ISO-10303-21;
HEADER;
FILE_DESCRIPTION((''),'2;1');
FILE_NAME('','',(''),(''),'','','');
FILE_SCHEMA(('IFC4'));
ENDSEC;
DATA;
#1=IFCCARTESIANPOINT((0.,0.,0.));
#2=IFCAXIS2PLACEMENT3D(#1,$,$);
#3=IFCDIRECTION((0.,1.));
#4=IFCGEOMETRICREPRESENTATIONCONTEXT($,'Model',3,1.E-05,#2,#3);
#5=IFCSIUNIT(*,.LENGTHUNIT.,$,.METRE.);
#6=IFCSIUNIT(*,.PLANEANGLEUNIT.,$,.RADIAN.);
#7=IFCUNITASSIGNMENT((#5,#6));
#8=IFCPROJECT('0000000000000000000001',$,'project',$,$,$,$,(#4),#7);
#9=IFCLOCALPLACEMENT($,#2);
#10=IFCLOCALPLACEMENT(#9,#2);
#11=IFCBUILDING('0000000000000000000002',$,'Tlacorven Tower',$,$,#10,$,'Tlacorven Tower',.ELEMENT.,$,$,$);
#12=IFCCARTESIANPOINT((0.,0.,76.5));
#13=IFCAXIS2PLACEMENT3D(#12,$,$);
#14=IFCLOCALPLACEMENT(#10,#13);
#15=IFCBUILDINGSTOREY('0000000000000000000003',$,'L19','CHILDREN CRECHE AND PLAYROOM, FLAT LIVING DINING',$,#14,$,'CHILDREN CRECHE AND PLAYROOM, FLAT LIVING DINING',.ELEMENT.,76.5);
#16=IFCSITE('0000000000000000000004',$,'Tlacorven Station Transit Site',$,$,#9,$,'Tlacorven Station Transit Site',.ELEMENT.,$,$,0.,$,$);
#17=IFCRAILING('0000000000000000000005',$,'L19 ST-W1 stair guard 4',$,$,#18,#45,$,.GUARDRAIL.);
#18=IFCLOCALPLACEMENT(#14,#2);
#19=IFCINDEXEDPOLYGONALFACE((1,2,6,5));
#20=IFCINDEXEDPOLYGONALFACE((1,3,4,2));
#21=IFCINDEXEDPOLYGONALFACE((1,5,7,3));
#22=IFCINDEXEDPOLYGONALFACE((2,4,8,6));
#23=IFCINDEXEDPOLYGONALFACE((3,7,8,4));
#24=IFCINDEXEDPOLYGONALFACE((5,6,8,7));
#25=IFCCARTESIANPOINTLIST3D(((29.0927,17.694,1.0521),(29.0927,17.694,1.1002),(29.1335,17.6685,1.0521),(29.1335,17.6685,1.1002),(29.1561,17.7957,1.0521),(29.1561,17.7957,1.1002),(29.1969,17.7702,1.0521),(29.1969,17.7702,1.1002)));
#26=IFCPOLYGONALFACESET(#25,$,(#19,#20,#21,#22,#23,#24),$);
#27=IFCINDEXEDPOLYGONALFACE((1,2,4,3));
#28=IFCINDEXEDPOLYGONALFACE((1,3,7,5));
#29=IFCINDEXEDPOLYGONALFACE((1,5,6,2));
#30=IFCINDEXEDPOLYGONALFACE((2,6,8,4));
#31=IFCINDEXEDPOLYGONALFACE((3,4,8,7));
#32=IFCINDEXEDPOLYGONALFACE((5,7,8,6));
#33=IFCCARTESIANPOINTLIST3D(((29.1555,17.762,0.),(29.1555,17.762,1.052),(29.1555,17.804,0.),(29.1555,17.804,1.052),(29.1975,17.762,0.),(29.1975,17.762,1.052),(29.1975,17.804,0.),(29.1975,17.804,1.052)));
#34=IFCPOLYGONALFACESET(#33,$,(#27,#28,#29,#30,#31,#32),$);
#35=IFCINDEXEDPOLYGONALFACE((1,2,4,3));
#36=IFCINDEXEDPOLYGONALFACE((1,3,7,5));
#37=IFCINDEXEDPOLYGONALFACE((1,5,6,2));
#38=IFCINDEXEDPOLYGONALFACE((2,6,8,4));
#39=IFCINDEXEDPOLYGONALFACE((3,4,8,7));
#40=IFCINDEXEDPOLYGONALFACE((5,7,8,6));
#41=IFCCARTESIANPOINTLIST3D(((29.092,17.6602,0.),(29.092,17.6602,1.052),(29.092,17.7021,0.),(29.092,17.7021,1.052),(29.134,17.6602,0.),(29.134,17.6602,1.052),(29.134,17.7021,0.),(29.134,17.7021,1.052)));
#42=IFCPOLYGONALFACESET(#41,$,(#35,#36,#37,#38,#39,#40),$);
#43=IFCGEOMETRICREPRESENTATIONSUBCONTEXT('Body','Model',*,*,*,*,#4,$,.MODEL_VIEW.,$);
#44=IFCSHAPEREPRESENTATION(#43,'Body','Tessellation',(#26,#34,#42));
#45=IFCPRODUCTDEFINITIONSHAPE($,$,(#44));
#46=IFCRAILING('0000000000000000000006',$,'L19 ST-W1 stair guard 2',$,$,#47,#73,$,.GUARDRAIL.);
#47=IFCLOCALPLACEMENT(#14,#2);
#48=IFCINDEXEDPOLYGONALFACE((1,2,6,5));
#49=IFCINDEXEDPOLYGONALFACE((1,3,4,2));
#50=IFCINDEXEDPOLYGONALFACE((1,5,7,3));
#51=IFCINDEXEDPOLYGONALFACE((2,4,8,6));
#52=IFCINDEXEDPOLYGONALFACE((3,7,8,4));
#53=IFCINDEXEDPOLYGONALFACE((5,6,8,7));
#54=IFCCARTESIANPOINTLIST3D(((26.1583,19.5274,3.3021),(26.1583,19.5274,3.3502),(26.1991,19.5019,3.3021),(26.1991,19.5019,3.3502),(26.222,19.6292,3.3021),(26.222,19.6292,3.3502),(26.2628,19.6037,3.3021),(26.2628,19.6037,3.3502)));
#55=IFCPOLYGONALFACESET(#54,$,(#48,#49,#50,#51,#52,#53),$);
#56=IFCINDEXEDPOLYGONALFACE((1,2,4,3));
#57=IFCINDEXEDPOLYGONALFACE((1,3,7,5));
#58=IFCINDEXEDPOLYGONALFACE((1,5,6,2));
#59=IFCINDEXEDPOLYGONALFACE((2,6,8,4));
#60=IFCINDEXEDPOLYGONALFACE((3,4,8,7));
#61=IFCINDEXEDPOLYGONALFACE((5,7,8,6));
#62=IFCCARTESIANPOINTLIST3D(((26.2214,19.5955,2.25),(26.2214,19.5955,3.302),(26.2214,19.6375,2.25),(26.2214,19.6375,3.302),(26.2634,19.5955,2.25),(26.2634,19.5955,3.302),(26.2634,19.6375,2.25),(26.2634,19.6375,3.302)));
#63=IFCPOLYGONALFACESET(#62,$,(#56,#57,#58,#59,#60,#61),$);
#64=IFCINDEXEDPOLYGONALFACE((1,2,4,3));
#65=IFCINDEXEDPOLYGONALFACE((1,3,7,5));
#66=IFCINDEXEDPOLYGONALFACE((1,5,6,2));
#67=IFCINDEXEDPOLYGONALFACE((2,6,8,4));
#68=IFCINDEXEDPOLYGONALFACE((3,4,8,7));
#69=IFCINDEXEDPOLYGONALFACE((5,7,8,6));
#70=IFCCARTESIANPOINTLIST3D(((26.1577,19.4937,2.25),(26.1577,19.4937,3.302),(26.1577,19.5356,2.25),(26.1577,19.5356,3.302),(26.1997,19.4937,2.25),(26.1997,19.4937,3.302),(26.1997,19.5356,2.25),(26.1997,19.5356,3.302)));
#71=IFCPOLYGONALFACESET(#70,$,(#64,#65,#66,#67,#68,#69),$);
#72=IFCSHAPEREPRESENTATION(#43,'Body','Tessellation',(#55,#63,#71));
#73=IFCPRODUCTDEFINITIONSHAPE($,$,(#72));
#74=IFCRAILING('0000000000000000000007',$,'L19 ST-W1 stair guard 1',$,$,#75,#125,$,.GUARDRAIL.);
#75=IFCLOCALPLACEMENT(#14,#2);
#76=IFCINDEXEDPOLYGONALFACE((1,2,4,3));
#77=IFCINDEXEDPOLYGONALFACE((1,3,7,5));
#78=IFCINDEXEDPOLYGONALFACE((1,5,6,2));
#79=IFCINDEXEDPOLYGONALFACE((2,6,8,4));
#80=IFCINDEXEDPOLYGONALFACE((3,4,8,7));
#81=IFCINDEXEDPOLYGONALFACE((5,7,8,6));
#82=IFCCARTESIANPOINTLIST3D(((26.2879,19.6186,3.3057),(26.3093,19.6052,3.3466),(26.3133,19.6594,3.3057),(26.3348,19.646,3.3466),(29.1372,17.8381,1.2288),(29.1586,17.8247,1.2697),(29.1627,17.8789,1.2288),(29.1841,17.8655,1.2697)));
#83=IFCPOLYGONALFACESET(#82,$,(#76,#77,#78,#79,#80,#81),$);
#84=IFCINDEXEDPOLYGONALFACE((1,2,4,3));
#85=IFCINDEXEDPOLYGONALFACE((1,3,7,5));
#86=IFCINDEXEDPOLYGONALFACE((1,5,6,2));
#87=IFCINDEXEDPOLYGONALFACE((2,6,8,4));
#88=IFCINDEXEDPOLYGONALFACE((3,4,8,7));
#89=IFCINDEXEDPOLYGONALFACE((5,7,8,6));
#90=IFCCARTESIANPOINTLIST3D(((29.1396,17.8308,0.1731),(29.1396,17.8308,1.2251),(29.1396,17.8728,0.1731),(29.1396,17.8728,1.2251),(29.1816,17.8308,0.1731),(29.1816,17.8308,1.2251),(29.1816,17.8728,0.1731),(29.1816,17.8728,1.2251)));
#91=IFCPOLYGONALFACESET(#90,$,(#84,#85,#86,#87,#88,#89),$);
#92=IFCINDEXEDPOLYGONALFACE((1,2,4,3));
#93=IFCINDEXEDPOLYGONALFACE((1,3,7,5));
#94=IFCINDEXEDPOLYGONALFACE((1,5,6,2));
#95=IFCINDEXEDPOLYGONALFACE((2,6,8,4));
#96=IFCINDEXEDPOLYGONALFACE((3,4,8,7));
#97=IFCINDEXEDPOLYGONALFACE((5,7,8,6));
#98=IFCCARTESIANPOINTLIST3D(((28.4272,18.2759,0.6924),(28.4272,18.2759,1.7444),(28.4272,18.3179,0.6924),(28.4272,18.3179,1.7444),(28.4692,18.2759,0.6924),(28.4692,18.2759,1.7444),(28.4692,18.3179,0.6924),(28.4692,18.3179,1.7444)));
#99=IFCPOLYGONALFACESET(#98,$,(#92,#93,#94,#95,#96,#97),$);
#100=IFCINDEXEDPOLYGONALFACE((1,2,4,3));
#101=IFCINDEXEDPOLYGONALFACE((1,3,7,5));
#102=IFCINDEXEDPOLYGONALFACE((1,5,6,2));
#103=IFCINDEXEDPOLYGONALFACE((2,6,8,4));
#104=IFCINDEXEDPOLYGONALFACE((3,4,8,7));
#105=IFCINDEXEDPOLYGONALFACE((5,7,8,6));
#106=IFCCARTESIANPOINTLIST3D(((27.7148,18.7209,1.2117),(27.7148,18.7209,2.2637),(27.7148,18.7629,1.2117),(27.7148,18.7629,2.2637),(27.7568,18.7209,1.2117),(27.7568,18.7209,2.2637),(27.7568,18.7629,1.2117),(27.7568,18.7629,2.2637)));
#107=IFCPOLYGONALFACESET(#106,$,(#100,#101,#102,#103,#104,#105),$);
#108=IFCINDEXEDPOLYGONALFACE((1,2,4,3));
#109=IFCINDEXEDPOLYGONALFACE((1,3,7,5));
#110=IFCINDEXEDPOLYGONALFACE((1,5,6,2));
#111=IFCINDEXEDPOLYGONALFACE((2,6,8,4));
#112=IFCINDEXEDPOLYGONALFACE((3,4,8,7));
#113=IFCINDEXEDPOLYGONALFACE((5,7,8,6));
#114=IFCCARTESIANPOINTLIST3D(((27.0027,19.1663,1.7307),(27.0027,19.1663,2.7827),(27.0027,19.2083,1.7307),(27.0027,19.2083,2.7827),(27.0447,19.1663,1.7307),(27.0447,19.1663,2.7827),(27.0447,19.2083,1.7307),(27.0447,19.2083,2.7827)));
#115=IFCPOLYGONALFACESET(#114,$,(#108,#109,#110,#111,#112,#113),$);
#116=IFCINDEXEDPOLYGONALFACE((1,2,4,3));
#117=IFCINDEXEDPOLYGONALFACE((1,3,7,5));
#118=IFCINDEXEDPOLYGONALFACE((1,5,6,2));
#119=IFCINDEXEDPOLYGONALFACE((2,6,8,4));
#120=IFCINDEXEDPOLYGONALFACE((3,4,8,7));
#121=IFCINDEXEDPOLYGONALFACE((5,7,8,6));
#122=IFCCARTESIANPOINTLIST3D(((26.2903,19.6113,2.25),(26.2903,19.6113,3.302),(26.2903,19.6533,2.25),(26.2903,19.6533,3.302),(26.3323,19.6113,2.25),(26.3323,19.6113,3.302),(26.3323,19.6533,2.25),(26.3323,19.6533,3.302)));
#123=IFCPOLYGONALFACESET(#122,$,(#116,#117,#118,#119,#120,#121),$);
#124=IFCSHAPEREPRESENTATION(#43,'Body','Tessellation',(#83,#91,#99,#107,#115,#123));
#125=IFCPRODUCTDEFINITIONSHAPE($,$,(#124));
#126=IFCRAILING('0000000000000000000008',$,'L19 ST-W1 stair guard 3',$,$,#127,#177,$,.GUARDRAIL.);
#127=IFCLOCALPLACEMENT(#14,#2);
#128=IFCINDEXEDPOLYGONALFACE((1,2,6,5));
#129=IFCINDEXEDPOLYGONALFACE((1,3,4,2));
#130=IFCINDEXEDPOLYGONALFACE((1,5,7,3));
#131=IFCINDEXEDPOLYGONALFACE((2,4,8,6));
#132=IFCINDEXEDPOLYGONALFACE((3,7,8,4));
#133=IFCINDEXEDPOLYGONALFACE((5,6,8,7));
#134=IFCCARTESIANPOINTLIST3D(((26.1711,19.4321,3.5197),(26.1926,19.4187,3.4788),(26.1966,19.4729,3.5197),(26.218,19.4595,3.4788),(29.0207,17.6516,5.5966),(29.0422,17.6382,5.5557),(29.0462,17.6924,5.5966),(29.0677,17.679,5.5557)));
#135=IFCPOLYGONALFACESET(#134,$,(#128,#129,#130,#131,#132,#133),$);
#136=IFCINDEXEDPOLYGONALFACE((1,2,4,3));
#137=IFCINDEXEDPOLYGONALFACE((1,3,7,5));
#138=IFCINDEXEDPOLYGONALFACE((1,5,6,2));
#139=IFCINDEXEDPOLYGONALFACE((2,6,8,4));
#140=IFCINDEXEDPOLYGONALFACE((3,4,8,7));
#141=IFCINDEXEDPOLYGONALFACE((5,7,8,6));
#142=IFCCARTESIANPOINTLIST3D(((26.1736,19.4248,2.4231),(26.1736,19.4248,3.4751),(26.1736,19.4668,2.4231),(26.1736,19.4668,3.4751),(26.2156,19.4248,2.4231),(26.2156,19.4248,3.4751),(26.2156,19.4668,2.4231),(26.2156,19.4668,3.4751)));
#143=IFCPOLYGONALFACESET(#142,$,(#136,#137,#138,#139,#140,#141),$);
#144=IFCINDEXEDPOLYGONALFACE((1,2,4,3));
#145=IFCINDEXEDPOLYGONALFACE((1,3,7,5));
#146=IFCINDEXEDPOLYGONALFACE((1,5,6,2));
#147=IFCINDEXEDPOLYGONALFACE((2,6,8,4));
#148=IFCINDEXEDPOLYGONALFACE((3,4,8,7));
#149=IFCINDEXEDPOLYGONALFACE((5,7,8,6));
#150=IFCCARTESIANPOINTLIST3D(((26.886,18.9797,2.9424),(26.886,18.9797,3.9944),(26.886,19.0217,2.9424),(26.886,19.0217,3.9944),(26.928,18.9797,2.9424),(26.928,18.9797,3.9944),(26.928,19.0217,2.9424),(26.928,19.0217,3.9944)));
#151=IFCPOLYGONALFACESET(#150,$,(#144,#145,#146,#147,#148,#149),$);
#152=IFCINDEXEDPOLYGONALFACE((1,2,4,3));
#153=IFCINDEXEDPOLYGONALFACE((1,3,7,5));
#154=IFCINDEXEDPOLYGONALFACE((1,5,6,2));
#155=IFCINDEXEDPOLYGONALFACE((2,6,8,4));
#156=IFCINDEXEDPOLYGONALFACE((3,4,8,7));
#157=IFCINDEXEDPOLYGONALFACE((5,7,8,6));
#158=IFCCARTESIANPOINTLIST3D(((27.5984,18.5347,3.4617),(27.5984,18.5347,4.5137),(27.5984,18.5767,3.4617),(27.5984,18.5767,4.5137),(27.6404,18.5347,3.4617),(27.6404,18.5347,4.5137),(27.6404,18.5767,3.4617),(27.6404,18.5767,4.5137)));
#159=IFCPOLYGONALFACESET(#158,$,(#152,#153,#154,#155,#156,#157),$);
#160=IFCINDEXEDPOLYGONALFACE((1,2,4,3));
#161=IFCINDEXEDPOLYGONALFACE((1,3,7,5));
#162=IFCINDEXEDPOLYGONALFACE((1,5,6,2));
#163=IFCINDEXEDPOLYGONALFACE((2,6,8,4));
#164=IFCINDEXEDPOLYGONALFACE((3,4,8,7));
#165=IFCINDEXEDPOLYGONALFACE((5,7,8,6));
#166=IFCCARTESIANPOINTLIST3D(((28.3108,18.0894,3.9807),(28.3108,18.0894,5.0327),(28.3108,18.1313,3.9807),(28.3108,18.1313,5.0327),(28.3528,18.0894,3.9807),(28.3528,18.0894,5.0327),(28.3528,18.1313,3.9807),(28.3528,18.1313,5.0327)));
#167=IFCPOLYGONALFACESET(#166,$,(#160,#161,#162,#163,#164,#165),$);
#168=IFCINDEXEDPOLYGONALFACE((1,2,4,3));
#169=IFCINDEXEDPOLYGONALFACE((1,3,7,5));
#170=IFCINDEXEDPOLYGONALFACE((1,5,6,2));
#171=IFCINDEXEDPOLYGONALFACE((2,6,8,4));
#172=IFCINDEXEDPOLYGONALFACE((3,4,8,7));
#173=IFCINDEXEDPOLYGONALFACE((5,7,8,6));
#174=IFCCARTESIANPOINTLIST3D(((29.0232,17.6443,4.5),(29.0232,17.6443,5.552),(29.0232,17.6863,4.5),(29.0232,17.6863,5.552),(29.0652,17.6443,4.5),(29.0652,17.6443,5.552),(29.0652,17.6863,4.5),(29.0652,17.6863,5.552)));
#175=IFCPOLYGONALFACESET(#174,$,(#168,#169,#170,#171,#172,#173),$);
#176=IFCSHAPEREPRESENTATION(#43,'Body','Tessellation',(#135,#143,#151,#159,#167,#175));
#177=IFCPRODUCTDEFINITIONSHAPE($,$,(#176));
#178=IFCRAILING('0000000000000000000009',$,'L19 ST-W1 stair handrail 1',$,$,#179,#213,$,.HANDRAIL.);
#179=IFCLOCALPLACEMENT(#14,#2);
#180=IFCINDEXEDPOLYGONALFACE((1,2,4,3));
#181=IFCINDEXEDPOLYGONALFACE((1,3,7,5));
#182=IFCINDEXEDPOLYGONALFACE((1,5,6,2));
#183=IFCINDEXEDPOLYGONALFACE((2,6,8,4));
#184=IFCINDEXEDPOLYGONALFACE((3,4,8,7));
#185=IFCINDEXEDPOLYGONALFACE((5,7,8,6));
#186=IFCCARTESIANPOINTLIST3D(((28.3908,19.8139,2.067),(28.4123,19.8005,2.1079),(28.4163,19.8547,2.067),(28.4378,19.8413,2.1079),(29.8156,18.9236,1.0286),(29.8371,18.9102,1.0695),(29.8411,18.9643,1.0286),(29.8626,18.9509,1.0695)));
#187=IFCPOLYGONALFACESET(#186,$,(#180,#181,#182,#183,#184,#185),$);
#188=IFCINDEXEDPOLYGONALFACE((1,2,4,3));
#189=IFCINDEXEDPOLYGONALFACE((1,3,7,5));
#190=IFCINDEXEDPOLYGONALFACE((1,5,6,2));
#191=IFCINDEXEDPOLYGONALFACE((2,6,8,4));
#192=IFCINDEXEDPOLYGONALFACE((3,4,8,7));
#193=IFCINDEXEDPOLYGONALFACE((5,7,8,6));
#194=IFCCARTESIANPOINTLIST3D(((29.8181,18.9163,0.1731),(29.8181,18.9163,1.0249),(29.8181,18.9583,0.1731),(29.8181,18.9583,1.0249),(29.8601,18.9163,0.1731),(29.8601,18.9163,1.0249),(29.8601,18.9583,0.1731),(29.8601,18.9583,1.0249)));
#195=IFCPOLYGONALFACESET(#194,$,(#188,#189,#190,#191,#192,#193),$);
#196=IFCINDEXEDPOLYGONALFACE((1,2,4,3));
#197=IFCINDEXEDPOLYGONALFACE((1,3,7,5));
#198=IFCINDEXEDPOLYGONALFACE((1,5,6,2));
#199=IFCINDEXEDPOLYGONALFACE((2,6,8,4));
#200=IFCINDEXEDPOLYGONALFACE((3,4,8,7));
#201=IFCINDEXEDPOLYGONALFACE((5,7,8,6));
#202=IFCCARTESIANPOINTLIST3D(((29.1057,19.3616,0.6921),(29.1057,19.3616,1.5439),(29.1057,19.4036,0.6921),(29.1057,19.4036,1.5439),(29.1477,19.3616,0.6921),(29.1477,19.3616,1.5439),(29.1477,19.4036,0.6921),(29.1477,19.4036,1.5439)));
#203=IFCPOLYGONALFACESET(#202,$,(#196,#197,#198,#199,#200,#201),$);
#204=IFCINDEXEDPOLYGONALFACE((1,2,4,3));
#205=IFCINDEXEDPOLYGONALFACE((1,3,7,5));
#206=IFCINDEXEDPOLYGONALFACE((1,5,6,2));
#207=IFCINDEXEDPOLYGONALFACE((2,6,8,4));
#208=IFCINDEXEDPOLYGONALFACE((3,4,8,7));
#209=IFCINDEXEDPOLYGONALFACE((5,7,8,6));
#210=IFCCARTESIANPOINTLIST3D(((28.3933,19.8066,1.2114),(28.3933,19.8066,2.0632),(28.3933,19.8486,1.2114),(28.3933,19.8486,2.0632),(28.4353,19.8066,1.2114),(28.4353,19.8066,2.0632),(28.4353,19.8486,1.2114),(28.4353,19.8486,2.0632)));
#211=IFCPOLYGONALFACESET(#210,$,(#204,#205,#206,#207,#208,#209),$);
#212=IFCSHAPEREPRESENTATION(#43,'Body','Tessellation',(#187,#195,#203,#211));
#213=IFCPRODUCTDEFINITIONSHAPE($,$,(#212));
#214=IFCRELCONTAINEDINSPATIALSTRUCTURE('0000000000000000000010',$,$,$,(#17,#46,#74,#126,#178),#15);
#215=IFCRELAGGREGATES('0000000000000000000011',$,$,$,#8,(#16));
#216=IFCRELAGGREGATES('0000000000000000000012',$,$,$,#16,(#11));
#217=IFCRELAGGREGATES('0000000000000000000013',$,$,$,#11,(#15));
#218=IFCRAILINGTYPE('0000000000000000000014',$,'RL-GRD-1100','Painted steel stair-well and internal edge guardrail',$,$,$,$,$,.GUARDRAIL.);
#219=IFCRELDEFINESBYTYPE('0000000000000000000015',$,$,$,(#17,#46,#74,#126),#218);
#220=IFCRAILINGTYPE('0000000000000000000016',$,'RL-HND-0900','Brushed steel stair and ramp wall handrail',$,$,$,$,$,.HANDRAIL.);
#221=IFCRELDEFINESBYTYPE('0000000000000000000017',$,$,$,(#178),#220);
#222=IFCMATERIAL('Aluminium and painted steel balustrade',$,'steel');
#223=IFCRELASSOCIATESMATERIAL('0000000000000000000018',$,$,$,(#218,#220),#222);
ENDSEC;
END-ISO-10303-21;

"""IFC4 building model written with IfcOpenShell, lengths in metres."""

from ifc_helpers import new_model, si_unit, direction, frame, origin, origin_2d, place, context, subcontext, project, spatial, rectangle, extrude, source, transform, mapped, material, type_object, element, save


model = new_model("IFC4")

# Units and contexts
model_context = context("Model", 3, precision=1e-05, world=origin(), true_north=direction((0.0, 1.0)))
body_context = subcontext(model_context, "Body", "Model", "MODEL_VIEW")
ifc_project = project(units=[si_unit("LENGTHUNIT", "METRE"), si_unit("PLANEANGLEUNIT", "RADIAN")], contexts=[model_context])

# Site, building, storey
site_placement = place(None, origin())
site = spatial("IfcSite", under=ifc_project, at=site_placement, Name="Tlacorven Station Transit Site", LongName="Tlacorven Station Transit Site", CompositionType="ELEMENT", RefElevation=0.0)
building_placement = place(site_placement, origin())
building = spatial("IfcBuilding", under=site, at=building_placement, Name="Tlacorven Tower", LongName="Tlacorven Tower", CompositionType="ELEMENT")
storey_placement = place(building_placement, frame((0.0, 0.0, 76.5)))
storey = spatial("IfcBuildingStorey", under=building, at=storey_placement, Name="L19", Description="CHILDREN CRECHE AND PLAYROOM, FLAT LIVING DINING", LongName="CHILDREN CRECHE AND PLAYROOM, FLAT LIVING DINING", CompositionType="ELEMENT", Elevation=76.5)

# Shared definitions
ifc_material_1 = material(Name="Aluminium and painted steel balustrade", Category="steel")
railing_type_1 = type_object("IfcRailingType", Name="RL-GRD-1100", Description="Painted steel stair-well and internal edge guardrail", PredefinedType="GUARDRAIL", material=ifc_material_1)

# Railings
shared_shape_1 = source(origin(), body_context, "Body", "SweptSolid", [
    extrude(rectangle(XDim=0.0481, YDim=0.0481, at=origin_2d()), frame((0.0, 0.0, 1.0762), z_axis=(-0.529084, -0.848569, 0.0), x_axis=(0.848569, -0.529084, 0.0)), (0.0, 0.0, 1.0), 0.1199),
    extrude(rectangle(XDim=0.042, YDim=0.042, at=origin_2d()), origin(), (0.0, 0.0, 1.0), 1.052),
    extrude(rectangle(XDim=0.042, YDim=0.042, at=origin_2d()), frame((-0.0635, -0.1018, 0.0)), (0.0, 0.0, 1.0), 1.052),
])
railing_1_placement = place(storey_placement, frame((29.1765, 17.783, 0.0)))
element("IfcRailing", 1, at=railing_1_placement, inside=storey, type_object=railing_type_1, Name="L19 ST-W1 stair guard 4", PredefinedType="GUARDRAIL", context=body_context, shape_type="MappedRepresentation", body=[
    mapped(shared_shape_1, transform((0.0, 0.0, 0.0), scale=1.0)),
])
shared_shape_2 = source(origin(), body_context, "Body", "SweptSolid", [
    extrude(rectangle(XDim=0.0481, YDim=0.0481, at=origin_2d()), frame((0.0, 0.0, 1.0762), z_axis=(-0.530547, -0.847656, 0.0), x_axis=(0.847656, -0.530547, 0.0)), (0.0, 0.0, 1.0), 0.1201),
    extrude(rectangle(XDim=0.042, YDim=0.042, at=origin_2d()), origin(), (0.0, 0.0, 1.0), 1.052),
    extrude(rectangle(XDim=0.042, YDim=0.042, at=origin_2d()), frame((-0.0637, -0.1018, 0.0)), (0.0, 0.0, 1.0), 1.052),
])
railing_2_placement = place(storey_placement, frame((26.2424, 19.6165, 2.25)))
element("IfcRailing", 2, at=railing_2_placement, inside=storey, type_object=railing_type_1, Name="L19 ST-W1 stair guard 2", PredefinedType="GUARDRAIL", context=body_context, shape_type="MappedRepresentation", body=[
    mapped(shared_shape_2, transform((0.0, 0.0, 0.0), scale=1.0)),
])
shared_shape_3 = source(origin(), body_context, "Body", "SweptSolid", [
    extrude(rectangle(XDim=0.0481, YDim=0.0481, at=origin_2d()), frame((0.0, 0.0, 1.0762), z_axis=(-0.721355, 0.450762, 0.525796), x_axis=(-0.529927, -0.848043, 0.0)), (0.0, 0.0, 1.0), 3.95),
    extrude(rectangle(XDim=0.042, YDim=0.042, at=origin_2d()), origin(), (0.0, 0.0, 1.0), 1.052),
    extrude(rectangle(XDim=0.042, YDim=0.042, at=origin_2d()), frame((-0.7124, 0.4451, 0.5193)), (0.0, 0.0, 1.0), 1.052),
    extrude(rectangle(XDim=0.042, YDim=0.042, at=origin_2d()), frame((-1.4248, 0.8901, 1.0386)), (0.0, 0.0, 1.0), 1.052),
    extrude(rectangle(XDim=0.042, YDim=0.042, at=origin_2d()), frame((-2.137, 1.3354, 1.5576)), (0.0, 0.0, 1.0), 1.052),
    extrude(rectangle(XDim=0.042, YDim=0.042, at=origin_2d()), frame((-2.8494, 1.7805, 2.0769)), (0.0, 0.0, 1.0), 1.052),
])
railing_3_placement = place(storey_placement, frame((29.1606, 17.8518, 0.1731)))
element("IfcRailing", 3, at=railing_3_placement, inside=storey, type_object=railing_type_1, Name="L19 ST-W1 stair guard 1", PredefinedType="GUARDRAIL", context=body_context, shape_type="MappedRepresentation", body=[
    mapped(shared_shape_3, transform((0.0, 0.0, 0.0), scale=1.0)),
])
shared_shape_4 = source(origin(), body_context, "Body", "SweptSolid", [
    extrude(rectangle(XDim=0.0481, YDim=0.0481, at=origin_2d()), frame((0.0, 0.0, 1.0762), z_axis=(0.721384, -0.450742, 0.525772), x_axis=(0.529894, 0.848064, 0.0)), (0.0, 0.0, 1.0), 3.9502),
    extrude(rectangle(XDim=0.042, YDim=0.042, at=origin_2d()), origin(), (0.0, 0.0, 1.0), 1.052),
    extrude(rectangle(XDim=0.042, YDim=0.042, at=origin_2d()), frame((0.7124, -0.4451, 0.5193)), (0.0, 0.0, 1.0), 1.052),
    extrude(rectangle(XDim=0.042, YDim=0.042, at=origin_2d()), frame((1.4248, -0.8901, 1.0386)), (0.0, 0.0, 1.0), 1.052),
    extrude(rectangle(XDim=0.042, YDim=0.042, at=origin_2d()), frame((2.1372, -1.3354, 1.5576)), (0.0, 0.0, 1.0), 1.052),
    extrude(rectangle(XDim=0.042, YDim=0.042, at=origin_2d()), frame((2.8496, -1.7805, 2.0769)), (0.0, 0.0, 1.0), 1.052),
])
railing_4_placement = place(storey_placement, frame((26.1946, 19.4458, 2.4231)))
element("IfcRailing", 4, at=railing_4_placement, inside=storey, type_object=railing_type_1, Name="L19 ST-W1 stair guard 3", PredefinedType="GUARDRAIL", context=body_context, shape_type="MappedRepresentation", body=[
    mapped(shared_shape_4, transform((0.0, 0.0, 0.0), scale=1.0)),
])
railing_type_2 = type_object("IfcRailingType", Name="RL-HND-0900", Description="Brushed steel stair and ramp wall handrail", PredefinedType="HANDRAIL", material=ifc_material_1)
shared_shape_5 = source(origin(), body_context, "Body", "SweptSolid", [
    extrude(rectangle(XDim=0.0481, YDim=0.0481, at=origin_2d()), frame((0.0, 0.0, 0.876), z_axis=(-0.721388, 0.450805, 0.525713), x_axis=(-0.529947, -0.848031, 0.0)), (0.0, 0.0, 1.0), 1.9751),
    extrude(rectangle(XDim=0.042, YDim=0.042, at=origin_2d()), origin(), (0.0, 0.0, 1.0), 0.8518),
    extrude(rectangle(XDim=0.042, YDim=0.042, at=origin_2d()), frame((-0.7124, 0.4453, 0.519)), (0.0, 0.0, 1.0), 0.8518),
    extrude(rectangle(XDim=0.042, YDim=0.042, at=origin_2d()), frame((-1.4248, 0.8904, 1.0383)), (0.0, 0.0, 1.0), 0.8518),
])
railing_5_placement = place(storey_placement, frame((29.8391, 18.9373, 0.1731)))
element("IfcRailing", 5, at=railing_5_placement, inside=storey, type_object=railing_type_2, Name="L19 ST-W1 stair handrail 1", PredefinedType="HANDRAIL", context=body_context, shape_type="MappedRepresentation", body=[
    mapped(shared_shape_5, transform((0.0, 0.0, 0.0), scale=1.0)),
])

save(model, "model.ifc")
